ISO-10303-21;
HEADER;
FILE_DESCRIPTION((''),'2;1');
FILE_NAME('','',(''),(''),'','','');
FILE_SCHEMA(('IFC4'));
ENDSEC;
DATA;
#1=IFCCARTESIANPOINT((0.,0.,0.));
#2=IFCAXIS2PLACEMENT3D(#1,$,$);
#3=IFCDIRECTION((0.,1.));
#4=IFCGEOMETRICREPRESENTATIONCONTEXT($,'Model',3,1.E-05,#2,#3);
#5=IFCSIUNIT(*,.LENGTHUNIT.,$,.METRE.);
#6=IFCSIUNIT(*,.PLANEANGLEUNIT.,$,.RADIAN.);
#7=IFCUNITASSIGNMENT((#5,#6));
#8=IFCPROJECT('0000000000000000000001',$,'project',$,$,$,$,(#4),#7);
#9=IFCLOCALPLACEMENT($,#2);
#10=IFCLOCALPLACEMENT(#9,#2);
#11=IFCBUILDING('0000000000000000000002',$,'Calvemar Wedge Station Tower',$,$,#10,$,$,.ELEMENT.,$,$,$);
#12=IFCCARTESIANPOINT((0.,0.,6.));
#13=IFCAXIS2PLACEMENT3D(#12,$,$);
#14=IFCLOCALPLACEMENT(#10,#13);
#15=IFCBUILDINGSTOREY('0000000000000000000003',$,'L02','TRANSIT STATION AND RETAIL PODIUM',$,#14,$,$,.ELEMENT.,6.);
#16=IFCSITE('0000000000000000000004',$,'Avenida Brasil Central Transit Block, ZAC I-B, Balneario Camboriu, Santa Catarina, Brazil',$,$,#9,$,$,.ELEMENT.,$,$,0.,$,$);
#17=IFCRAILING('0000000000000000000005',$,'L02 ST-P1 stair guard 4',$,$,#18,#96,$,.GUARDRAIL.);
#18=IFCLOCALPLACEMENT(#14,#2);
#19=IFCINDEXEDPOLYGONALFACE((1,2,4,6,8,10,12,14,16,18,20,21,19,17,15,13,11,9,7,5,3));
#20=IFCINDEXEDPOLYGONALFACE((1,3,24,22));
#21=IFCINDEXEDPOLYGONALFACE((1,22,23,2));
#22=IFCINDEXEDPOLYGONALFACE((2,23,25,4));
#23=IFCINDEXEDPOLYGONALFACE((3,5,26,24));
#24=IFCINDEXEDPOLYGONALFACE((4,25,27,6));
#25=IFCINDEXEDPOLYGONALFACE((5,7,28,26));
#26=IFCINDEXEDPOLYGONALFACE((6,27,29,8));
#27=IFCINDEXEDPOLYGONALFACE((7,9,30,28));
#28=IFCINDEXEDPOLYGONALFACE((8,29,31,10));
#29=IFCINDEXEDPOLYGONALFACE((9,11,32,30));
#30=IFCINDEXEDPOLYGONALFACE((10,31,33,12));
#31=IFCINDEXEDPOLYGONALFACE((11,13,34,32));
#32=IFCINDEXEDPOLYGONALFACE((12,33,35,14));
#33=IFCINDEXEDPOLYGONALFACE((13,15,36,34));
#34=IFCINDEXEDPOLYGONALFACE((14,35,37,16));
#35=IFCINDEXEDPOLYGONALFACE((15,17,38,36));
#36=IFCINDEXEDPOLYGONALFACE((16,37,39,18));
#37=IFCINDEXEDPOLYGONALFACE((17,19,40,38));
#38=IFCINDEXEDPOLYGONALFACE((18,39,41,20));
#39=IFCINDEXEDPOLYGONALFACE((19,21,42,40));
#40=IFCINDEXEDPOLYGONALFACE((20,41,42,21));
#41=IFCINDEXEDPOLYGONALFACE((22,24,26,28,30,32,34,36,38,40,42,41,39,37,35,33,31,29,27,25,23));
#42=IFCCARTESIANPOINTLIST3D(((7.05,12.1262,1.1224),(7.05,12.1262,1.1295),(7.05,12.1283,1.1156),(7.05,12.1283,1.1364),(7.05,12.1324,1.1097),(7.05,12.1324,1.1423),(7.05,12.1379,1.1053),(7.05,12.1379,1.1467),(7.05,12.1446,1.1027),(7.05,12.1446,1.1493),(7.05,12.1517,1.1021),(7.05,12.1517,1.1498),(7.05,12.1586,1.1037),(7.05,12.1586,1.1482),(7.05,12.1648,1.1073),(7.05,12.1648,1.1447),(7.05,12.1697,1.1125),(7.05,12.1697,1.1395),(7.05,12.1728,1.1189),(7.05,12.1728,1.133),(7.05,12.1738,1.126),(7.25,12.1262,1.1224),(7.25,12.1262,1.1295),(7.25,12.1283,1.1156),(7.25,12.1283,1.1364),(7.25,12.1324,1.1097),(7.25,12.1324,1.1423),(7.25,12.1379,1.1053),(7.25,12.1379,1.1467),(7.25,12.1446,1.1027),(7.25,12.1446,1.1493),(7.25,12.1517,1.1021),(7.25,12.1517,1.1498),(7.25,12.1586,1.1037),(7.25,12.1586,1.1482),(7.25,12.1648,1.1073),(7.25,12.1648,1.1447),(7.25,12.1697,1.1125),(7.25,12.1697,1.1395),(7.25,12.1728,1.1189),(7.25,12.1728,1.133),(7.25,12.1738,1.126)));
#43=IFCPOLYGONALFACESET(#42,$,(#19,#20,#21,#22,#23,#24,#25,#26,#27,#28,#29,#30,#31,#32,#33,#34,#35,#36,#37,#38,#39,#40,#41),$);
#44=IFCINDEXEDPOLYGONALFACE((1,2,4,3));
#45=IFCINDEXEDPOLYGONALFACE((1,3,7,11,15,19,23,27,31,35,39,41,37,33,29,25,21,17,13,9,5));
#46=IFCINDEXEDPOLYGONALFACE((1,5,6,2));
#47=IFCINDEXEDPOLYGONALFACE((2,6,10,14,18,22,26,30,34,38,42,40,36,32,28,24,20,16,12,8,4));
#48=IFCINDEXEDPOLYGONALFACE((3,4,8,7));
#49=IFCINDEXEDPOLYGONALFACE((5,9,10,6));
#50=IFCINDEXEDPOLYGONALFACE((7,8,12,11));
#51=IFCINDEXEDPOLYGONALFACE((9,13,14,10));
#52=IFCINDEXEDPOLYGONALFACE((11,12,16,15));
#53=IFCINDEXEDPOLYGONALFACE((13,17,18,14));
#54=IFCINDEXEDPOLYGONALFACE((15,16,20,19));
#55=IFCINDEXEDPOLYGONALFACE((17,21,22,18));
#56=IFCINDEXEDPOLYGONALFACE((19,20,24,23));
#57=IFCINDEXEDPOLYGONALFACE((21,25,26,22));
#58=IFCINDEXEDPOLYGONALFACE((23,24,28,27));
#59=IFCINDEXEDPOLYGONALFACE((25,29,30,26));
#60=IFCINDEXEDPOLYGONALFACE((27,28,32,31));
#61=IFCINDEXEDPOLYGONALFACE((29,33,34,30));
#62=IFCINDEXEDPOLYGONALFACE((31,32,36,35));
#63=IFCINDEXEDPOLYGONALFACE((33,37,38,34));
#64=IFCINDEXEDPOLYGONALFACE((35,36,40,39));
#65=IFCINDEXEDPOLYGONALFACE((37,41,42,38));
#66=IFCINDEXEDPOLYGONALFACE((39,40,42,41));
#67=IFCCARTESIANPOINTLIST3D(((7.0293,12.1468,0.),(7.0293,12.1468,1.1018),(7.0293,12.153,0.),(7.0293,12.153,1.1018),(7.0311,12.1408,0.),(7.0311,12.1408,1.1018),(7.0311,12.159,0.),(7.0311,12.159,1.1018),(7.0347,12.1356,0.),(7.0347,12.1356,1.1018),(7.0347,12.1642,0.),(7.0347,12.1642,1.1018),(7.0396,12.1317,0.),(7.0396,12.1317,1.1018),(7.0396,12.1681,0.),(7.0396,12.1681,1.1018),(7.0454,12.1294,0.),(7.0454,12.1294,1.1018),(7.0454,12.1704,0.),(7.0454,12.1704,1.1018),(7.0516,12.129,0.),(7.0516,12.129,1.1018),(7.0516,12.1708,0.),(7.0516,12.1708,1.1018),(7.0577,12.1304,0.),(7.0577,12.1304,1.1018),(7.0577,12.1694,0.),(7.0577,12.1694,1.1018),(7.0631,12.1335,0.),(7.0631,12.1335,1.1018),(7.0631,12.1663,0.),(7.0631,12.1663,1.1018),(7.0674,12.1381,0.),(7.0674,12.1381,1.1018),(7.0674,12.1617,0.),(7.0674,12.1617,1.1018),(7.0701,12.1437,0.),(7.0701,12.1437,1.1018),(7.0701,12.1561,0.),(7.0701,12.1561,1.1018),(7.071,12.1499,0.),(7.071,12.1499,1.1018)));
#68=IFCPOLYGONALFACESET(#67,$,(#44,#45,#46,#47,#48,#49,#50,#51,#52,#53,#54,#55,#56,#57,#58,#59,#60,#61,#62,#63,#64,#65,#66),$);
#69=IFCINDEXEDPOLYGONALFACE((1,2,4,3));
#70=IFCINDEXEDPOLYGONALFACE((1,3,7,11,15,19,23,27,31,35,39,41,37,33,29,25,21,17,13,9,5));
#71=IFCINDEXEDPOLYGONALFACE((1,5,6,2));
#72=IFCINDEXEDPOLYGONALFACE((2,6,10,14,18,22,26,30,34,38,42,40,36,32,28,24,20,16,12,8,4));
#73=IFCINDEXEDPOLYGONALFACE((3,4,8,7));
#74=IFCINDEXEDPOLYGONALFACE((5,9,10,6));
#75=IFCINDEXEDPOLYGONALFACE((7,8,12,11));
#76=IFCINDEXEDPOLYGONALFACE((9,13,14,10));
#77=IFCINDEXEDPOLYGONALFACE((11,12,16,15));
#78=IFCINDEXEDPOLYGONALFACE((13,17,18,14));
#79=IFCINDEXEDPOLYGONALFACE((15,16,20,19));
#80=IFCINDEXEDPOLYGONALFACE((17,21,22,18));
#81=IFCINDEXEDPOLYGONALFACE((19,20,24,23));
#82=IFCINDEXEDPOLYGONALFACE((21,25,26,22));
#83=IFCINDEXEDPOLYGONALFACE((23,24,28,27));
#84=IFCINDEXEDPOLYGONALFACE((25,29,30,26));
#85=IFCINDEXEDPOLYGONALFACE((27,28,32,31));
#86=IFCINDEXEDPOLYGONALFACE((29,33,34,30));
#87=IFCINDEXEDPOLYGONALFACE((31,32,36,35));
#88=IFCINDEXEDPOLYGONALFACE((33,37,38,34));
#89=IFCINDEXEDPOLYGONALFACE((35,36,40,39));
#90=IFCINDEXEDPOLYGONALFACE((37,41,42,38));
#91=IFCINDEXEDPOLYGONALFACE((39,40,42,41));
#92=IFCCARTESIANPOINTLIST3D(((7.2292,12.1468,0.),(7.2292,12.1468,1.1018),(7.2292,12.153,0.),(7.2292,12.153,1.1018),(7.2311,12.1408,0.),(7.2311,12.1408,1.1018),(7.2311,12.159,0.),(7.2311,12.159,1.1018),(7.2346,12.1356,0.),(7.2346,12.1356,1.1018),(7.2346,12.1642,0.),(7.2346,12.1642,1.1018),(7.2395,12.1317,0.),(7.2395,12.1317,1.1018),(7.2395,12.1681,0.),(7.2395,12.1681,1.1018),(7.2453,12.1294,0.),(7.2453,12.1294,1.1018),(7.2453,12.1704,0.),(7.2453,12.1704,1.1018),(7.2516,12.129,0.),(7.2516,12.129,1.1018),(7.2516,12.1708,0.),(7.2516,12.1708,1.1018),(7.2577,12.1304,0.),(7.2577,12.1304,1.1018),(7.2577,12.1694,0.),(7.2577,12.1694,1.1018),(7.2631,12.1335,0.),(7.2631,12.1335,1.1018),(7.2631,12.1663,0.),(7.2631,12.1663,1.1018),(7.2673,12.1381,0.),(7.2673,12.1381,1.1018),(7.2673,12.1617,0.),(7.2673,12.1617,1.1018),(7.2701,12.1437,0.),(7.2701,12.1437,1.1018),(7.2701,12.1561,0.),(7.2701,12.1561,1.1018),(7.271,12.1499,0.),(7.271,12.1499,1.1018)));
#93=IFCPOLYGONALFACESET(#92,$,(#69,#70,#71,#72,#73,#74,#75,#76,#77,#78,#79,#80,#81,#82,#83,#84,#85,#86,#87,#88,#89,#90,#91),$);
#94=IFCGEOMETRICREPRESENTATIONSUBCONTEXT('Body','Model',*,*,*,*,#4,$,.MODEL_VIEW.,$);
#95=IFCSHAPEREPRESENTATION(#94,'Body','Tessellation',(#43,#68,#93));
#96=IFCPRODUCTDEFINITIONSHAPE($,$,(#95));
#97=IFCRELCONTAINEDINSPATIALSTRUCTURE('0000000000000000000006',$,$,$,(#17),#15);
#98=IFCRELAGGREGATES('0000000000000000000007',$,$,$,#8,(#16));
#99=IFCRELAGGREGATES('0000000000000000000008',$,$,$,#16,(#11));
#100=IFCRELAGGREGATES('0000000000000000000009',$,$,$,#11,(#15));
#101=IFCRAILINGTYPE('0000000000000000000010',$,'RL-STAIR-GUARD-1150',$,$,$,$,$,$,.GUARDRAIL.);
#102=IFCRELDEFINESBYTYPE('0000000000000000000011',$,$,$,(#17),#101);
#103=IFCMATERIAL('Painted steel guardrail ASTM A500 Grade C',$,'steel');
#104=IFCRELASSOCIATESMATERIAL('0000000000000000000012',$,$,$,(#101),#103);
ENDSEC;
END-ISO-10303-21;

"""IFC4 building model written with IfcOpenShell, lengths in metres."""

from ifc_helpers import new_model, si_unit, direction, frame, origin, origin_2d, place, context, subcontext, project, spatial, circle, extrude, material, type_object, element, save


model = new_model("IFC4")

# Units and contexts
model_context = context("Model", 3, precision=1e-05, world=origin(), true_north=direction((0.0, 1.0)))
body_context = subcontext(model_context, "Body", "Model", "MODEL_VIEW")
ifc_project = project(units=[si_unit("LENGTHUNIT", "METRE"), si_unit("PLANEANGLEUNIT", "RADIAN")], contexts=[model_context])

# Site, building, storey
site_placement = place(None, origin())
site = spatial("IfcSite", under=ifc_project, at=site_placement, Name="Avenida Brasil Central Transit Block, ZAC I-B, Balneario Camboriu, Santa Catarina, Brazil", CompositionType="ELEMENT", RefElevation=0.0)
building_placement = place(site_placement, origin())
building = spatial("IfcBuilding", under=site, at=building_placement, Name="Calvemar Wedge Station Tower", CompositionType="ELEMENT")
storey_placement = place(building_placement, frame((0.0, 0.0, 6.0)))
storey = spatial("IfcBuildingStorey", under=building, at=storey_placement, Name="L02", Description="TRANSIT STATION AND RETAIL PODIUM", CompositionType="ELEMENT", Elevation=6.0)

# Railing
ifc_material_1 = material(Name="Painted steel guardrail ASTM A500 Grade C", Category="steel")
railing_type_1 = type_object("IfcRailingType", Name="RL-STAIR-GUARD-1150", PredefinedType="GUARDRAIL", material=ifc_material_1)
railing_1_placement = place(storey_placement, frame((7.05, 12.1499, 0.0)))
element("IfcRailing", 1, at=railing_1_placement, inside=storey, type_object=railing_type_1, Name="L02 ST-P1 stair guard 4", PredefinedType="GUARDRAIL", context=body_context, shape_type="SweptSolid", body=[
    extrude(circle(Radius=0.0239, at=origin_2d()), frame((0.0, 0.0, 1.126), z_axis=(1.0, 0.0, 0.0), x_axis=(0.0, 1.0, 0.0)), (0.0, 0.0, 1.0), 0.2),
    extrude(circle(Radius=0.021, at=origin_2d()), origin(), (0.0, 0.0, 1.0), 1.1018),
    extrude(circle(Radius=0.021, at=origin_2d()), frame((0.2, 0.0, 0.0)), (0.0, 0.0, 1.0), 1.1018),
])

save(model, "model.ifc")
